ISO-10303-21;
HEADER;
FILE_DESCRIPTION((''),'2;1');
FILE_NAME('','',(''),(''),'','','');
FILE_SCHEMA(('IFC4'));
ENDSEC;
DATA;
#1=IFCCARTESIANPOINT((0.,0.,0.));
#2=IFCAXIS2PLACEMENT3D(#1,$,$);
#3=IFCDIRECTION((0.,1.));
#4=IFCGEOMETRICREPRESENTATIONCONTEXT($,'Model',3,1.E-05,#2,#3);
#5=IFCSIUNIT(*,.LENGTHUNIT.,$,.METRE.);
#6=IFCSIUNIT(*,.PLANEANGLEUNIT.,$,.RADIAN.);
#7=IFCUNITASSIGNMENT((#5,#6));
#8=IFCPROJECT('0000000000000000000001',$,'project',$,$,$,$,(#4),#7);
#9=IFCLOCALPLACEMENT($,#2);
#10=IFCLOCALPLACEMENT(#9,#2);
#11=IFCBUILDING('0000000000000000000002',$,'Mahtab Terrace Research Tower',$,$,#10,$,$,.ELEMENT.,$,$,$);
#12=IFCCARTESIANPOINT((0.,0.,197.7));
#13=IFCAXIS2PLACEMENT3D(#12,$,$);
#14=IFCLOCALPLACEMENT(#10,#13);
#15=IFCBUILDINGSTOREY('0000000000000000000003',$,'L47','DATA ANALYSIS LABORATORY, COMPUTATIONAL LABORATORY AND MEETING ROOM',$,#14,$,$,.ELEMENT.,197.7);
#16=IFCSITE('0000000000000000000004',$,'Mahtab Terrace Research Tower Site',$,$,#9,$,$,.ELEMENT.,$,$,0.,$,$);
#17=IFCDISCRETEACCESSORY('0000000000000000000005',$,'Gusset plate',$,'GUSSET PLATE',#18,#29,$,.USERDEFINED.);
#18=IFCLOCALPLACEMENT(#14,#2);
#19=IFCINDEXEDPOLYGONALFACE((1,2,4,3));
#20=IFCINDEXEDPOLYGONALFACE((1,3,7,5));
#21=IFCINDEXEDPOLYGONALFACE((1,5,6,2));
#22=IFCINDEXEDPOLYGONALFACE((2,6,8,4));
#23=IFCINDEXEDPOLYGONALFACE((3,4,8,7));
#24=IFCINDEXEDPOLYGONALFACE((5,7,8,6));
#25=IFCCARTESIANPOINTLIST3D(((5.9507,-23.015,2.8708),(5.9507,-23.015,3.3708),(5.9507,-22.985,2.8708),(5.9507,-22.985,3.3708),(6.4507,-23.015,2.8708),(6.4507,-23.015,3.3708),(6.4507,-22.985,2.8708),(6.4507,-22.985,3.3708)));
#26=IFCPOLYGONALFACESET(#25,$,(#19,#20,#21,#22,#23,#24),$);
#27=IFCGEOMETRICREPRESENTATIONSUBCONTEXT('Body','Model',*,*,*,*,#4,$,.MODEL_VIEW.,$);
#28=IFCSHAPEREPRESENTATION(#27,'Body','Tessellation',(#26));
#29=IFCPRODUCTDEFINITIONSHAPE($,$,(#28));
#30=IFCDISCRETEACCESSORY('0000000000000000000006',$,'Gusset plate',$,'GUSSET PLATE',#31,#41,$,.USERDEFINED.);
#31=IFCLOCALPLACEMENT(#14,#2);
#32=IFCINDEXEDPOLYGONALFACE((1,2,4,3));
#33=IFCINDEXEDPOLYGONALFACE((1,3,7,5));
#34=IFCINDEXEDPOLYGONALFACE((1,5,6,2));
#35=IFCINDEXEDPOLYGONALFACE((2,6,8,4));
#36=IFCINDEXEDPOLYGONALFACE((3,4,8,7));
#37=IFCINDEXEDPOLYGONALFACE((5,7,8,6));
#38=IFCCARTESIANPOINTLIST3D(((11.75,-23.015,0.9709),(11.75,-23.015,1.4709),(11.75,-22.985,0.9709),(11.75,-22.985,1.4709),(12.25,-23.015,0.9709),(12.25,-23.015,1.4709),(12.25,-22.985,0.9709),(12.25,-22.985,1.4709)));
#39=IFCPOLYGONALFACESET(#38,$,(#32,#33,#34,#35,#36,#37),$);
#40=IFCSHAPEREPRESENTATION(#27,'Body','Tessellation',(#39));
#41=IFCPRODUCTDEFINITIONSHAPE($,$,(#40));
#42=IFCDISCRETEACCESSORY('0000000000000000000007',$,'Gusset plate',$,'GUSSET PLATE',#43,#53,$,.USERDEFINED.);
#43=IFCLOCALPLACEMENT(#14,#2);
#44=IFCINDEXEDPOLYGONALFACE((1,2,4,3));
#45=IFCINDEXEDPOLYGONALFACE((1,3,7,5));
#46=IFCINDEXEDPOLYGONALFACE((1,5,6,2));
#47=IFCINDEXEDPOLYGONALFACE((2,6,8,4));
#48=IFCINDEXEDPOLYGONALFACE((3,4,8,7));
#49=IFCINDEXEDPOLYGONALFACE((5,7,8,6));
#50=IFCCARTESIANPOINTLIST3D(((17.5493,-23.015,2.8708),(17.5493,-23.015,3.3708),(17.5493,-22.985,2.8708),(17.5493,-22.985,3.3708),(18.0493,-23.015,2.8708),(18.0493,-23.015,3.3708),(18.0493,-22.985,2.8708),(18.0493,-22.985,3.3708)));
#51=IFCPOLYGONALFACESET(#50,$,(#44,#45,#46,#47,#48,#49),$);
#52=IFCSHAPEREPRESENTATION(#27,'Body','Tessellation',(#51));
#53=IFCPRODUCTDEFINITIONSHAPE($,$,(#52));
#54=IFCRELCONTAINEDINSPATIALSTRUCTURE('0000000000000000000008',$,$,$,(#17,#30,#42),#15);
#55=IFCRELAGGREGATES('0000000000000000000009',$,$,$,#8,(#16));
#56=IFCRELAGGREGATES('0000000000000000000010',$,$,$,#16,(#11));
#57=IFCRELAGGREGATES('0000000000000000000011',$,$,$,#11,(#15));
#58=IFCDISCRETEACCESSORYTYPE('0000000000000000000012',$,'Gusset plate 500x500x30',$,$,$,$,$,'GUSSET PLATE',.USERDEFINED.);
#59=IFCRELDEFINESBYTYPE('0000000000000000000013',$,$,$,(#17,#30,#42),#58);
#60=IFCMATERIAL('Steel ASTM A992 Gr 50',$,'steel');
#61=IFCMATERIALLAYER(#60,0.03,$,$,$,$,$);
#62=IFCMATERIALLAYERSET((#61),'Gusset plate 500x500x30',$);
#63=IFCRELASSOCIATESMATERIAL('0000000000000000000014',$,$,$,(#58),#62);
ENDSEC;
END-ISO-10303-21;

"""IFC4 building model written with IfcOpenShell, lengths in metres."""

from ifc_helpers import new_model, si_unit, direction, frame, origin, origin_2d, place, context, subcontext, project, spatial, rectangle, extrude, material, layer, layer_set, type_object, element, save


model = new_model("IFC4")

# Units and contexts
model_context = context("Model", 3, precision=1e-05, world=origin(), true_north=direction((0.0, 1.0)))
body_context = subcontext(model_context, "Body", "Model", "MODEL_VIEW")
ifc_project = project(units=[si_unit("LENGTHUNIT", "METRE"), si_unit("PLANEANGLEUNIT", "RADIAN")], contexts=[model_context])

# Site, building, storey
site_placement = place(None, origin())
site = spatial("IfcSite", under=ifc_project, at=site_placement, Name="Mahtab Terrace Research Tower Site", CompositionType="ELEMENT", RefElevation=0.0)
building_placement = place(site_placement, origin())
building = spatial("IfcBuilding", under=site, at=building_placement, Name="Mahtab Terrace Research Tower", CompositionType="ELEMENT")
storey_placement = place(building_placement, frame((0.0, 0.0, 197.7)))
storey = spatial("IfcBuildingStorey", under=building, at=storey_placement, Name="L47", Description="DATA ANALYSIS LABORATORY, COMPUTATIONAL LABORATORY AND MEETING ROOM", CompositionType="ELEMENT", Elevation=197.7)

# Shared definitions
ifc_material_1 = material(Name="Steel ASTM A992 Gr 50", Category="steel")

# Discrete accessories
ifc_layer_1 = layer(ifc_material_1, 0.03)
ifc_layer_set_1 = layer_set([ifc_layer_1], Name="Gusset plate 500x500x30")
discrete_accessory_type = type_object("IfcDiscreteAccessoryType", Name="Gusset plate 500x500x30", ElementType="GUSSET PLATE", PredefinedType="USERDEFINED", material=ifc_layer_set_1)
for number, where, z_axis, x_axis, name in (
    (1, (6.2007, -23.0, 2.8708), (0.0, 0.0, 1.0), (1.0, 0.0, 0.0), "Gusset plate"),
    (2, (12.0, -23.0, 0.9709), (0.0, 0.0, 1.0), (1.0, 0.0, 0.0), "Gusset plate"),
    (3, (17.7993, -23.0, 2.8708), (0.0, 0.0, 1.0), (1.0, 0.0, 0.0), "Gusset plate"),
):
    element("IfcDiscreteAccessory", number, at=place(storey_placement, frame(where, z_axis=z_axis, x_axis=x_axis)), inside=storey, type_object=discrete_accessory_type, Name=name, ObjectType="GUSSET PLATE", PredefinedType="USERDEFINED", context=body_context, shape_type="SweptSolid", body=[
        extrude(rectangle(XDim=0.5, YDim=0.03, at=origin_2d()), origin(), (0.0, 0.0, 1.0), 0.5),
    ])

save(model, "model.ifc")
